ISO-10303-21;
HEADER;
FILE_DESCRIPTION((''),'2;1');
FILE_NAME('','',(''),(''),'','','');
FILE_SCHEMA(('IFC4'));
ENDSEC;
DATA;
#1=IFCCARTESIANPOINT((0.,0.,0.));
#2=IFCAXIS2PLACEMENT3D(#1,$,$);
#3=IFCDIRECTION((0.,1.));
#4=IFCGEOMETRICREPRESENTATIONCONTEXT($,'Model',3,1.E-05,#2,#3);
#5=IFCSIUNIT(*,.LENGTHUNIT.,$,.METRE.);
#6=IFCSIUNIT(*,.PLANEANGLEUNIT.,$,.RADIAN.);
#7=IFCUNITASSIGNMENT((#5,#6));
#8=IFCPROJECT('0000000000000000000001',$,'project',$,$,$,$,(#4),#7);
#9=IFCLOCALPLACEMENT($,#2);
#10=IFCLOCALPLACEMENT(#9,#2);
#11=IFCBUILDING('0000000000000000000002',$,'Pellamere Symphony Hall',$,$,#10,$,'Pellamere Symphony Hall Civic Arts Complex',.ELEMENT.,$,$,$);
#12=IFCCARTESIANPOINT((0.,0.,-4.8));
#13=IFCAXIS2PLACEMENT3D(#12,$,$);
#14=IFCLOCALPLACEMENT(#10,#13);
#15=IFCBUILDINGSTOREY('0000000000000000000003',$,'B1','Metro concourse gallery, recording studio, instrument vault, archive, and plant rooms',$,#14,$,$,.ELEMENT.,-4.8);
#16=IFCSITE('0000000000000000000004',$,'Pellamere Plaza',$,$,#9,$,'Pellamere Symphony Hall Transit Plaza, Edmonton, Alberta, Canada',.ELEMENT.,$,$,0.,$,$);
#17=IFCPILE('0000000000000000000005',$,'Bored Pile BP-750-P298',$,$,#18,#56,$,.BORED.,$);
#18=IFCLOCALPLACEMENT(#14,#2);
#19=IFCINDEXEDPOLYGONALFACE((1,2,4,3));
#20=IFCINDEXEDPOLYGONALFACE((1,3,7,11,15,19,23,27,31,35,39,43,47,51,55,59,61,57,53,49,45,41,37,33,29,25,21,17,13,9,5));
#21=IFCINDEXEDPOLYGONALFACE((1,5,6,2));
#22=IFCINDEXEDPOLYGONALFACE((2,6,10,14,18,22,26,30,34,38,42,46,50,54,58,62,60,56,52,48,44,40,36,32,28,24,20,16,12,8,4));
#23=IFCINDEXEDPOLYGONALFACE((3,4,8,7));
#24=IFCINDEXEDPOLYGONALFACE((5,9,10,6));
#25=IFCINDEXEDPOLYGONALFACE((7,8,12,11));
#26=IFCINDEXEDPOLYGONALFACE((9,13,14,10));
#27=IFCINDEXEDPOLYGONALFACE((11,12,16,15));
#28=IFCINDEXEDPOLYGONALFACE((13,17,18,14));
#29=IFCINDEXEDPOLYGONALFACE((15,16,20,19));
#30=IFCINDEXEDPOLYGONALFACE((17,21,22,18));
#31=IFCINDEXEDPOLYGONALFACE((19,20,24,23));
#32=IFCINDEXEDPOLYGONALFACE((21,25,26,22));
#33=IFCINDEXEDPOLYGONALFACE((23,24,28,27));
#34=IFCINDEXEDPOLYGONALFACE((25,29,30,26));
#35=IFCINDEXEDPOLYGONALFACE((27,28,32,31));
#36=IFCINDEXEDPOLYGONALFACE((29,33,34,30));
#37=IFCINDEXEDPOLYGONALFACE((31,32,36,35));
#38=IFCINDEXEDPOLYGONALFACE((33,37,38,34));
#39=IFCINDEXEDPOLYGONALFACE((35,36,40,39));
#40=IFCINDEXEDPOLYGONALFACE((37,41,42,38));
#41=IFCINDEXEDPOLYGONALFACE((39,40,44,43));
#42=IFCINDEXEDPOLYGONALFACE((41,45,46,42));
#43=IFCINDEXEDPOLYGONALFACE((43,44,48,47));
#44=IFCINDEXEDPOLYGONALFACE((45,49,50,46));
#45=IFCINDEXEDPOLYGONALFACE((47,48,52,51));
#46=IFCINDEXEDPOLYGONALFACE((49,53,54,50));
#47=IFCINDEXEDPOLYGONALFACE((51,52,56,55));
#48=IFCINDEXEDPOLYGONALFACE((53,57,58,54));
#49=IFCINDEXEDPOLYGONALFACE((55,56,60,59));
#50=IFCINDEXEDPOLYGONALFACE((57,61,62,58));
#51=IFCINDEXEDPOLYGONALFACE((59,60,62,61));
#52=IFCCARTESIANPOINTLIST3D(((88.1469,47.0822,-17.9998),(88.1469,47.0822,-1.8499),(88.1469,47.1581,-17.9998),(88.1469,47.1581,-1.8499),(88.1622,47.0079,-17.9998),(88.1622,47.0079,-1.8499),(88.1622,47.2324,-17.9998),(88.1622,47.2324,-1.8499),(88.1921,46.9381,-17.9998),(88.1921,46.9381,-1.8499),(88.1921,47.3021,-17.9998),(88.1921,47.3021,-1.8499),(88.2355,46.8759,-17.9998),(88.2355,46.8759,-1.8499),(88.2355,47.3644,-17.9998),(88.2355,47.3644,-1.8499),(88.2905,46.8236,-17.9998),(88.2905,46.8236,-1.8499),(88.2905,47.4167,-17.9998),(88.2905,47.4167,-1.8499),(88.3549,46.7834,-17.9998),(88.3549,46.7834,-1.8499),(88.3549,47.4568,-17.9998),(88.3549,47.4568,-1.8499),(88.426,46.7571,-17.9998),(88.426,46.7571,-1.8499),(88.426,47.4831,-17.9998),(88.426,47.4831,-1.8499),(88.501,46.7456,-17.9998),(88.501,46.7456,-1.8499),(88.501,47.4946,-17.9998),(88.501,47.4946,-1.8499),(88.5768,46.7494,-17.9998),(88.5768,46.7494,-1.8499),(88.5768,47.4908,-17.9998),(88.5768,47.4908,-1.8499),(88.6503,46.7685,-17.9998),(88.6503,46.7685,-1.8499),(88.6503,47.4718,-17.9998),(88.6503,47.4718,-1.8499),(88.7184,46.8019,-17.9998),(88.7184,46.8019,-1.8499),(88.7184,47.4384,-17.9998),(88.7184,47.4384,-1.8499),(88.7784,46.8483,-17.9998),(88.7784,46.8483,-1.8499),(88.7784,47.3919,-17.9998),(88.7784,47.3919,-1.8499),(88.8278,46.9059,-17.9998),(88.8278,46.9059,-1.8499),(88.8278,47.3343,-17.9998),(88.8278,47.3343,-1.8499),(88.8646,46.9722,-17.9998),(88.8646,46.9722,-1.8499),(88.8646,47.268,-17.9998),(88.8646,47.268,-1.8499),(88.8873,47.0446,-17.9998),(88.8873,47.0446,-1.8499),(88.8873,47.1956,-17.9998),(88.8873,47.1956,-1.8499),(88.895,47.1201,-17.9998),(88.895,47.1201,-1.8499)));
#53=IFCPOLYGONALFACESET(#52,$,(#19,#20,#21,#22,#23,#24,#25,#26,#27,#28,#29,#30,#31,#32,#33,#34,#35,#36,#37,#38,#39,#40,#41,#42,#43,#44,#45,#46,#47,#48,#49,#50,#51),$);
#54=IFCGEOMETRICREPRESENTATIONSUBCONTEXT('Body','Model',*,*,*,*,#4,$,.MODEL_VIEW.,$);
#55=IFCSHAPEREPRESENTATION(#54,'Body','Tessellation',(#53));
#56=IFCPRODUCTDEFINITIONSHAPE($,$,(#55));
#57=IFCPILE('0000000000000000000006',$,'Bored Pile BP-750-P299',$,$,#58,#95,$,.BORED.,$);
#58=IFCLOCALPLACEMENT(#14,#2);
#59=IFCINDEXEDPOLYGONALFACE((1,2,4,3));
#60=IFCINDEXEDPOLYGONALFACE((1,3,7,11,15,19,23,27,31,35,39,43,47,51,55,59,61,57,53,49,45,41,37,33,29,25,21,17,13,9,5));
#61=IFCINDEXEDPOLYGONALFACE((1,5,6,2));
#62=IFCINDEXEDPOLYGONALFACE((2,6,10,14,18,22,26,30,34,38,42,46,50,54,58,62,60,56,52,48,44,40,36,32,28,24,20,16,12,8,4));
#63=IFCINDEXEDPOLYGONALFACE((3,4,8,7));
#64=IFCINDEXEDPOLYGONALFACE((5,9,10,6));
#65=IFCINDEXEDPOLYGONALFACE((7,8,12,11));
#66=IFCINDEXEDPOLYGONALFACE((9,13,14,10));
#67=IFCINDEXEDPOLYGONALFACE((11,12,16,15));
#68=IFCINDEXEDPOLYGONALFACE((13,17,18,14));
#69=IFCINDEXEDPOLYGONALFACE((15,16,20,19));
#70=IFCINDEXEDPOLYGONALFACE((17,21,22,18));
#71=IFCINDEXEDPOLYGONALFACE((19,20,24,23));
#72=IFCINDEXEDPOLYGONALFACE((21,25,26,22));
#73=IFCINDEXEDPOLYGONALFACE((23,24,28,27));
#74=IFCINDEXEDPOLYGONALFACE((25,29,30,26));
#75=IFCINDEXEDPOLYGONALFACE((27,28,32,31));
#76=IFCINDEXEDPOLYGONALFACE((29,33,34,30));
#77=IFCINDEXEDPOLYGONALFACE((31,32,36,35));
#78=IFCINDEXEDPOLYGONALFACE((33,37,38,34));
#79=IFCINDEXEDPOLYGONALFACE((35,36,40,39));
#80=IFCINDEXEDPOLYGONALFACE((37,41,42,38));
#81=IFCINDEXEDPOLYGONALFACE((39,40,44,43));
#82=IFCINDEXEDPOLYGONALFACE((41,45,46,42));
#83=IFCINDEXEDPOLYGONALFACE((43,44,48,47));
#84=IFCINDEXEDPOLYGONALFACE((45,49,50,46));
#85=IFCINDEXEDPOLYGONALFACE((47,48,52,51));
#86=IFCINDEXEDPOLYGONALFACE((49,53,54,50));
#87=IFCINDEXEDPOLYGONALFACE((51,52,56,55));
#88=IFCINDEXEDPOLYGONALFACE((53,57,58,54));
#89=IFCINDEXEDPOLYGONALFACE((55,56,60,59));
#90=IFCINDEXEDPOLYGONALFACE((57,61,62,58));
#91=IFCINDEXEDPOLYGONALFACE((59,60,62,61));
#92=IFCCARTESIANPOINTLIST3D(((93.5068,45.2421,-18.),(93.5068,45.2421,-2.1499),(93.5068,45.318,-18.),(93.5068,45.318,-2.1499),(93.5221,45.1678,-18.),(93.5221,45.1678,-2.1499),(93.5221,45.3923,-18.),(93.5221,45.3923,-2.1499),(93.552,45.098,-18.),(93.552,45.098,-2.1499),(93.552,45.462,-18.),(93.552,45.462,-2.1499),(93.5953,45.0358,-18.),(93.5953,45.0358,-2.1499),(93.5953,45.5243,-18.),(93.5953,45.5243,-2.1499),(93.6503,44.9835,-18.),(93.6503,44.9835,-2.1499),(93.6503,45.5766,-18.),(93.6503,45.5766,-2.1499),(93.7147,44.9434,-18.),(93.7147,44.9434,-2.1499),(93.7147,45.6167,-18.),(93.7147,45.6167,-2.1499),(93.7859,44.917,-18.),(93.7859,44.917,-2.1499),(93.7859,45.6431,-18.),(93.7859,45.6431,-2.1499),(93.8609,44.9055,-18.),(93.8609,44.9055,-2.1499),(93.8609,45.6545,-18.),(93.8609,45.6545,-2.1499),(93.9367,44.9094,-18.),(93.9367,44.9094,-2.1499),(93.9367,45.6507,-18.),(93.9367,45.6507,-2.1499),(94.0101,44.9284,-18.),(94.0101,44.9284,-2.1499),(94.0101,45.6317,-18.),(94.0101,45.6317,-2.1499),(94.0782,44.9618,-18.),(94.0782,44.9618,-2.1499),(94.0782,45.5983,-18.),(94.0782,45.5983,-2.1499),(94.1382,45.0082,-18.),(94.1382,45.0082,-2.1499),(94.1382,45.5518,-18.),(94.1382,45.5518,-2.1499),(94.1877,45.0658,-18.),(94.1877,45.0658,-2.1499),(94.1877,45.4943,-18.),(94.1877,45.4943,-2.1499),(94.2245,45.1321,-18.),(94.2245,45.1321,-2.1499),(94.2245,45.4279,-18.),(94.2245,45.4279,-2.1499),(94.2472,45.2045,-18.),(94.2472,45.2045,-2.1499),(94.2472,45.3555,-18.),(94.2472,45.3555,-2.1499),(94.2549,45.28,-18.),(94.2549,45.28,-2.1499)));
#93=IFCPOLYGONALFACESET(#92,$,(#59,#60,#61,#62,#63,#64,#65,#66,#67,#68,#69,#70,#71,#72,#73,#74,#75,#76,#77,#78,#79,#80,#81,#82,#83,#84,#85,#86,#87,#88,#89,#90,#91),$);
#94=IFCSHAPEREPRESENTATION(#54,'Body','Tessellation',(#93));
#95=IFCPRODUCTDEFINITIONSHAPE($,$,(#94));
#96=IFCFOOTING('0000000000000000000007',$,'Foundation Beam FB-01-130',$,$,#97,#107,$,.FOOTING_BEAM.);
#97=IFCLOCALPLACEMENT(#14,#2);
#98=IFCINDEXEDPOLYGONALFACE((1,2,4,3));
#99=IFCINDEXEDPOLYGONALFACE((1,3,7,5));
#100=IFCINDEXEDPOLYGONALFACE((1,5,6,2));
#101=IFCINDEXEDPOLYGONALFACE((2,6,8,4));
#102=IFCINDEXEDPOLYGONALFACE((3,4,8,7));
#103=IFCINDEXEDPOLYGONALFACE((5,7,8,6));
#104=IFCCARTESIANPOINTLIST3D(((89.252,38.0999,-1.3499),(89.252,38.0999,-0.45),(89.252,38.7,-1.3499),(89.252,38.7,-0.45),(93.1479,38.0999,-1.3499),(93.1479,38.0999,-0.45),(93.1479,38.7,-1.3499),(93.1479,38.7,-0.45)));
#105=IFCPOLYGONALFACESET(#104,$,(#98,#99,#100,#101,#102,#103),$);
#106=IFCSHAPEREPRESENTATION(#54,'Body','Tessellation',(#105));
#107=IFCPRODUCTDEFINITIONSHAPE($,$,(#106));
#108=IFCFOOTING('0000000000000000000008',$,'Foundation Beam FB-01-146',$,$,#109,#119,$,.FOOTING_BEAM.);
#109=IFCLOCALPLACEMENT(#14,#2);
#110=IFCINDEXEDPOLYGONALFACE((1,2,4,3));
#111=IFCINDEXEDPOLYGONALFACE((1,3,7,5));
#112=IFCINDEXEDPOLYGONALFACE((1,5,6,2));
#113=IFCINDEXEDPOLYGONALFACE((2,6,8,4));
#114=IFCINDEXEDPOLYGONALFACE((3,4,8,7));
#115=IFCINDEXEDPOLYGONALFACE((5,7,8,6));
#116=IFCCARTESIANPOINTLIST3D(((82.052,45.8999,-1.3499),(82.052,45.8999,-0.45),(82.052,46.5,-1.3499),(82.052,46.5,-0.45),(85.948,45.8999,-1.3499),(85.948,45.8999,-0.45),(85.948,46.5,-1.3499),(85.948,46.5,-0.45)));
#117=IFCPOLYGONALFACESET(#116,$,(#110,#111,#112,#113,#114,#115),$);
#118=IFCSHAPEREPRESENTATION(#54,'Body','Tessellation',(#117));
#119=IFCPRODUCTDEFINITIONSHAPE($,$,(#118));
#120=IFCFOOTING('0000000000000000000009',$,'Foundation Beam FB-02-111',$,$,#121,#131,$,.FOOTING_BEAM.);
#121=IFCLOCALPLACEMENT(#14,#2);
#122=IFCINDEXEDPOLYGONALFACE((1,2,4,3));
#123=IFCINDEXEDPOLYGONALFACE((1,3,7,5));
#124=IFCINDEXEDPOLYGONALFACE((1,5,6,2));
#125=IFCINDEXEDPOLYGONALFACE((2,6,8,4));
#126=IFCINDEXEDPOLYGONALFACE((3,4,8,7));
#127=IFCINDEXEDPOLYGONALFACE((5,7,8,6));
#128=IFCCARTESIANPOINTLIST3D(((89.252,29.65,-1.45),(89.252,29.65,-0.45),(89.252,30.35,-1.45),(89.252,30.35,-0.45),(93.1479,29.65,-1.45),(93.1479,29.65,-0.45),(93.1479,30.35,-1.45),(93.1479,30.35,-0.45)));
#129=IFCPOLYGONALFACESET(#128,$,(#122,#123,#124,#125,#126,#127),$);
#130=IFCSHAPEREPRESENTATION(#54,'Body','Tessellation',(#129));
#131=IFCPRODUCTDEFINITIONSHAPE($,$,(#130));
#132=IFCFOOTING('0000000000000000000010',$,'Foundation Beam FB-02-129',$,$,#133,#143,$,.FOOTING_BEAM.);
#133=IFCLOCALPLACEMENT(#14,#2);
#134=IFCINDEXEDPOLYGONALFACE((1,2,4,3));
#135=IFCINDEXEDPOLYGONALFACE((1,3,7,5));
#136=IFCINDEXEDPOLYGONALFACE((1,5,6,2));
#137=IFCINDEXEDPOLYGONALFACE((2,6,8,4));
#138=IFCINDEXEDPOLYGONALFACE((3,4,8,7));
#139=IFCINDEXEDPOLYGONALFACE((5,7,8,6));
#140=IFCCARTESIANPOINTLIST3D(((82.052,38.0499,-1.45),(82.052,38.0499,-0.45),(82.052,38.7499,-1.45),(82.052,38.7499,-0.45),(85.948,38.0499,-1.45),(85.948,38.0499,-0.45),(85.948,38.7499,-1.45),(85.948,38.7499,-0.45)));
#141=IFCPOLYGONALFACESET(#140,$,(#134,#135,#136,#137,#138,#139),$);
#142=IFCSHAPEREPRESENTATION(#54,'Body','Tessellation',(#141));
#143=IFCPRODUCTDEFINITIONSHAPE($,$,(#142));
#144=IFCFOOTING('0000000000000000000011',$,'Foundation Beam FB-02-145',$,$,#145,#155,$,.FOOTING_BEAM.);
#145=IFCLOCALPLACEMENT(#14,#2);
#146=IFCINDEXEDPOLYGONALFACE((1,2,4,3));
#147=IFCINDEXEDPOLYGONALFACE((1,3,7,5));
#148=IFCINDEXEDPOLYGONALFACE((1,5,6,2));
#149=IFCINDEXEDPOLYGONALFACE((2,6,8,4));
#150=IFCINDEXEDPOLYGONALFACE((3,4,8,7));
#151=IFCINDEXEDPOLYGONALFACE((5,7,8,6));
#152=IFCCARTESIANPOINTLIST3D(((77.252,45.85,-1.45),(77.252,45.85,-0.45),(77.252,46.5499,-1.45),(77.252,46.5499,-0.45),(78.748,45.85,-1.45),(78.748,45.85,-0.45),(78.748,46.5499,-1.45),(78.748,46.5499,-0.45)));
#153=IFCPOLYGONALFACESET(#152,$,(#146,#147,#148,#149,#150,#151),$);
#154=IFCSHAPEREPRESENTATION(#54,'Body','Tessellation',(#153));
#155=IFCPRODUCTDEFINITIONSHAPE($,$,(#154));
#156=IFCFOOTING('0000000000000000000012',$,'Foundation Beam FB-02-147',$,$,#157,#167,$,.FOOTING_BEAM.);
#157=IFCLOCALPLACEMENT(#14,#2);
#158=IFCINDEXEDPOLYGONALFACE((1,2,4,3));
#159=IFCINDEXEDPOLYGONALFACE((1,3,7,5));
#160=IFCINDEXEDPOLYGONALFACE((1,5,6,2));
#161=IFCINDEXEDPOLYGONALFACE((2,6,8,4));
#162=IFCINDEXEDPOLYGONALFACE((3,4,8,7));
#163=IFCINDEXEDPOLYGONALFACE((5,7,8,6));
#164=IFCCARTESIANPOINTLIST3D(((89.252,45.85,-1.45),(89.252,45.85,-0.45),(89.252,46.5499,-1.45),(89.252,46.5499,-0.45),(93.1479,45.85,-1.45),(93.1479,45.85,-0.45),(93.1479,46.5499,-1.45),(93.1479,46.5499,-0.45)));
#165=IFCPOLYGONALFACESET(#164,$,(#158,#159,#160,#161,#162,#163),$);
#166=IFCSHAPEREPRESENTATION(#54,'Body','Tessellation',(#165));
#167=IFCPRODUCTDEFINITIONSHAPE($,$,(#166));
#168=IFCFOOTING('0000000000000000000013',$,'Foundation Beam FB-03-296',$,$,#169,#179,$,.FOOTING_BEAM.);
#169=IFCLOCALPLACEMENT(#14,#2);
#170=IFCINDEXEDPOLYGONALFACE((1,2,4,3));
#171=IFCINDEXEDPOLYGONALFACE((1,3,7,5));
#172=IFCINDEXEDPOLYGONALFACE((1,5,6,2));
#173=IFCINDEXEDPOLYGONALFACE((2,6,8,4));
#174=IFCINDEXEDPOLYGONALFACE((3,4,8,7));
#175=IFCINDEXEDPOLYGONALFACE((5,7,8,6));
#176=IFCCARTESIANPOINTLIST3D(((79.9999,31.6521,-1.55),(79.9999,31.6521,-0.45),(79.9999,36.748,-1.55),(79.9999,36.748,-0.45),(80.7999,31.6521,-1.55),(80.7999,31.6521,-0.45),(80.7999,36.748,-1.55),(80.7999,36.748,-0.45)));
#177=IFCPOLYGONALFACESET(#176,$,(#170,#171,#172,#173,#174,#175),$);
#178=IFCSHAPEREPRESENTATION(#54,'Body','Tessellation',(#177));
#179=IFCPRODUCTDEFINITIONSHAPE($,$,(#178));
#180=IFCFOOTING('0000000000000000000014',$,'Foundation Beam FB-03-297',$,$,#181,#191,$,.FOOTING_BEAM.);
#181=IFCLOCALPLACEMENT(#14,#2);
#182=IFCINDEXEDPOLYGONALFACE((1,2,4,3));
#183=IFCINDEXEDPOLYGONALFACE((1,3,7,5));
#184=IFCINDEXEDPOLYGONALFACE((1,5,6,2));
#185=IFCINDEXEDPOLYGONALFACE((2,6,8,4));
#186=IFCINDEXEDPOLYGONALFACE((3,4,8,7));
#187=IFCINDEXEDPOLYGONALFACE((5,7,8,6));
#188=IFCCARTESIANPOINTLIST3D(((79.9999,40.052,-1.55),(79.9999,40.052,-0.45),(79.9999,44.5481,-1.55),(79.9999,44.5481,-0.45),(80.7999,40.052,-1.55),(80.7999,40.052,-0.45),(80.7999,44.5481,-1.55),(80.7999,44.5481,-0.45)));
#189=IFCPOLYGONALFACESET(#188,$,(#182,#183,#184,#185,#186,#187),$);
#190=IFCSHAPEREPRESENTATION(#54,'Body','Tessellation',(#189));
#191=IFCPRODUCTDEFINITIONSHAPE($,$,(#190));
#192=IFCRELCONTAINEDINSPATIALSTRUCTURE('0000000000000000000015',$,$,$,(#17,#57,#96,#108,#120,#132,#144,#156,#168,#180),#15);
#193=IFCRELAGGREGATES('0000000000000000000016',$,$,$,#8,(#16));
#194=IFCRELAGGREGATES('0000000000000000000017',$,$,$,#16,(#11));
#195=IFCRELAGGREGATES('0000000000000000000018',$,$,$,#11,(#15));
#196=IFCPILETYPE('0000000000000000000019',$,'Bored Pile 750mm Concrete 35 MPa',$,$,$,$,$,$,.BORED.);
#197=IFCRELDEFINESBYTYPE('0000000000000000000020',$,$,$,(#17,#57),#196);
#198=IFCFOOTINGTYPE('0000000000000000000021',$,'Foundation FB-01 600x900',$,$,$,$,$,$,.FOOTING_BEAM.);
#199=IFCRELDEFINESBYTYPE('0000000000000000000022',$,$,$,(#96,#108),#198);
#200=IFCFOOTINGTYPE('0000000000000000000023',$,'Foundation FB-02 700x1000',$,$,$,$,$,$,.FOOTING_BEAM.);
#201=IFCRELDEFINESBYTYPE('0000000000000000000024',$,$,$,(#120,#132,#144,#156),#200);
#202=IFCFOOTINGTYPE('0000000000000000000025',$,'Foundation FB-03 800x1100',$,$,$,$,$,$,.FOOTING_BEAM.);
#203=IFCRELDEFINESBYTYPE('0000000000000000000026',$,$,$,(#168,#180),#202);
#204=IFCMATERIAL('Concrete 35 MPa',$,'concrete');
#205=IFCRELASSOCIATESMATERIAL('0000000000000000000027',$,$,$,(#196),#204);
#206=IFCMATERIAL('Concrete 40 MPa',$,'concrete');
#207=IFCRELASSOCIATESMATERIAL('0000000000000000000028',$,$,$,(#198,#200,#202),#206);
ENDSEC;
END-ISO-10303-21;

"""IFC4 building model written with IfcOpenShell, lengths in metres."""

from ifc_helpers import new_model, si_unit, direction, frame, origin, origin_2d, place, context, subcontext, project, spatial, rectangle, circle, extrude, material, material_profile, profile_set, type_object, element, save


model = new_model("IFC4")

# Units and contexts
model_context = context("Model", 3, precision=1e-05, world=origin(), true_north=direction((0.0, 1.0)))
body_context = subcontext(model_context, "Body", "Model", "MODEL_VIEW")
ifc_project = project(units=[si_unit("LENGTHUNIT", "METRE"), si_unit("PLANEANGLEUNIT", "RADIAN")], contexts=[model_context])

# Site, building, storey
site_placement = place(None, origin())
site = spatial("IfcSite", under=ifc_project, at=site_placement, Name="Pellamere Plaza", LongName="Pellamere Symphony Hall Transit Plaza, Edmonton, Alberta, Canada", CompositionType="ELEMENT", RefElevation=0.0)
building_placement = place(site_placement, origin())
building = spatial("IfcBuilding", under=site, at=building_placement, Name="Pellamere Symphony Hall", LongName="Pellamere Symphony Hall Civic Arts Complex", CompositionType="ELEMENT")
storey_placement = place(building_placement, frame((0.0, 0.0, -4.8)))
storey = spatial("IfcBuildingStorey", under=building, at=storey_placement, Name="B1", Description="Metro concourse gallery, recording studio, instrument vault, archive, and plant rooms", CompositionType="ELEMENT", Elevation=-4.8)

# Piles
ifc_material_1 = material(Name="Concrete 35 MPa", Category="concrete")
ifc_material_profile_1 = material_profile(ifc_material_1, circle(Radius=0.375, at=origin_2d()), Name="PILE D750")
ifc_profile_set_1 = profile_set([ifc_material_profile_1], Name="Concrete 35 MPa")
pile_type = type_object("IfcPileType", Name="Bored Pile 750mm Concrete 35 MPa", PredefinedType="BORED", material=ifc_profile_set_1)
for number, where, z_axis, x_axis, name in (
    (1, (88.52, 47.1201, -1.8499), (0.0, 0.0, -1.0), (1.0, 0.0, 0.0), "Bored Pile BP-750-P298"),
):
    element("IfcPile", number, at=place(storey_placement, frame(where, z_axis=z_axis, x_axis=x_axis)), inside=storey, type_object=pile_type, Name=name, PredefinedType="BORED", context=body_context, shape_type="SweptSolid", body=[
        extrude(circle(Radius=0.375, at=origin_2d()), origin(), (0.0, 0.0, 1.0), 16.1499),
    ])
pile_placement = place(storey_placement, frame((93.8799, 45.28, -2.1499), z_axis=(0.0, 0.0, -1.0), x_axis=(1.0, 0.0, 0.0)))
element("IfcPile", 2, at=pile_placement, inside=storey, type_object=pile_type, Name="Bored Pile BP-750-P299", PredefinedType="BORED", context=body_context, shape_type="SweptSolid", body=[
    extrude(circle(Radius=0.375, at=origin_2d()), origin(), (0.0, 0.0, 1.0), 15.8501),
])

# Footings
ifc_material_2 = material(Name="Concrete 40 MPa", Category="concrete")
ifc_material_profile_2 = material_profile(ifc_material_2, rectangle(XDim=0.6001, YDim=0.8999, at=origin_2d()), Name="RC 600x900")
ifc_profile_set_2 = profile_set([ifc_material_profile_2], Name="Concrete 40 MPa")
footing_type_1 = type_object("IfcFootingType", Name="Foundation FB-01 600x900", PredefinedType="FOOTING_BEAM", material=ifc_profile_set_2)
for number, where, z_axis, x_axis, name in (
    (3, (89.252, 38.3999, -0.8999), (1.0, 0.0, 0.0), (0.0, 1.0, 0.0), "Foundation Beam FB-01-130"),
    (4, (82.052, 46.2, -0.8999), (1.0, 0.0, 0.0), (0.0, 1.0, 0.0), "Foundation Beam FB-01-146"),
):
    element("IfcFooting", number, at=place(storey_placement, frame(where, z_axis=z_axis, x_axis=x_axis)), inside=storey, type_object=footing_type_1, Name=name, PredefinedType="FOOTING_BEAM", context=body_context, shape_type="SweptSolid", body=[
        extrude(rectangle(XDim=0.6001, YDim=0.8999, at=origin_2d()), origin(), (0.0, 0.0, 1.0), 3.896),
    ])
ifc_material_profile_3 = material_profile(ifc_material_2, rectangle(XDim=0.7, YDim=1.0, at=origin_2d()), Name="RC 700x1000")
ifc_profile_set_3 = profile_set([ifc_material_profile_3], Name="Concrete 40 MPa")
footing_type_2 = type_object("IfcFootingType", Name="Foundation FB-02 700x1000", PredefinedType="FOOTING_BEAM", material=ifc_profile_set_3)
for number, where, z_axis, x_axis, name in (
    (5, (89.252, 30.0, -0.95), (1.0, 0.0, 0.0), (0.0, 1.0, 0.0), "Foundation Beam FB-02-111"),
    (6, (82.052, 38.3999, -0.95), (1.0, 0.0, 0.0), (0.0, 1.0, 0.0), "Foundation Beam FB-02-129"),
):
    element("IfcFooting", number, at=place(storey_placement, frame(where, z_axis=z_axis, x_axis=x_axis)), inside=storey, type_object=footing_type_2, Name=name, PredefinedType="FOOTING_BEAM", context=body_context, shape_type="SweptSolid", body=[
        extrude(rectangle(XDim=0.7, YDim=1.0, at=origin_2d()), origin(), (0.0, 0.0, 1.0), 3.896),
    ])
footing_1_placement = place(storey_placement, frame((77.252, 46.2, -0.95), z_axis=(1.0, 0.0, 0.0), x_axis=(0.0, 1.0, 0.0)))
element("IfcFooting", 7, at=footing_1_placement, inside=storey, type_object=footing_type_2, Name="Foundation Beam FB-02-145", PredefinedType="FOOTING_BEAM", context=body_context, shape_type="SweptSolid", body=[
    extrude(rectangle(XDim=0.7, YDim=1.0, at=origin_2d()), origin(), (0.0, 0.0, 1.0), 1.4961),
])
footing_2_placement = place(storey_placement, frame((89.252, 46.2, -0.95), z_axis=(1.0, 0.0, 0.0), x_axis=(0.0, 1.0, 0.0)))
element("IfcFooting", 8, at=footing_2_placement, inside=storey, type_object=footing_type_2, Name="Foundation Beam FB-02-147", PredefinedType="FOOTING_BEAM", context=body_context, shape_type="SweptSolid", body=[
    extrude(rectangle(XDim=0.7, YDim=1.0, at=origin_2d()), origin(), (0.0, 0.0, 1.0), 3.896),
])
ifc_material_profile_4 = material_profile(ifc_material_2, rectangle(XDim=0.8, YDim=1.1001, at=origin_2d()), Name="RC 800x1100")
ifc_profile_set_4 = profile_set([ifc_material_profile_4], Name="Concrete 40 MPa")
footing_type_3 = type_object("IfcFootingType", Name="Foundation FB-03 800x1100", PredefinedType="FOOTING_BEAM", material=ifc_profile_set_4)
footing_3_placement = place(storey_placement, frame((80.3999, 31.6521, -1.0), z_axis=(0.0, 1.0, 0.0), x_axis=(-1.0, 0.0, 0.0)))
element("IfcFooting", 9, at=footing_3_placement, inside=storey, type_object=footing_type_3, Name="Foundation Beam FB-03-296", PredefinedType="FOOTING_BEAM", context=body_context, shape_type="SweptSolid", body=[
    extrude(rectangle(XDim=0.8, YDim=1.1001, at=origin_2d()), origin(), (0.0, 0.0, 1.0), 5.0959),
])
footing_4_placement = place(storey_placement, frame((80.3999, 40.052, -1.0), z_axis=(0.0, 1.0, 0.0), x_axis=(-1.0, 0.0, 0.0)))
element("IfcFooting", 10, at=footing_4_placement, inside=storey, type_object=footing_type_3, Name="Foundation Beam FB-03-297", PredefinedType="FOOTING_BEAM", context=body_context, shape_type="SweptSolid", body=[
    extrude(rectangle(XDim=0.8, YDim=1.1001, at=origin_2d()), origin(), (0.0, 0.0, 1.0), 4.4961),
])

save(model, "model.ifc")
